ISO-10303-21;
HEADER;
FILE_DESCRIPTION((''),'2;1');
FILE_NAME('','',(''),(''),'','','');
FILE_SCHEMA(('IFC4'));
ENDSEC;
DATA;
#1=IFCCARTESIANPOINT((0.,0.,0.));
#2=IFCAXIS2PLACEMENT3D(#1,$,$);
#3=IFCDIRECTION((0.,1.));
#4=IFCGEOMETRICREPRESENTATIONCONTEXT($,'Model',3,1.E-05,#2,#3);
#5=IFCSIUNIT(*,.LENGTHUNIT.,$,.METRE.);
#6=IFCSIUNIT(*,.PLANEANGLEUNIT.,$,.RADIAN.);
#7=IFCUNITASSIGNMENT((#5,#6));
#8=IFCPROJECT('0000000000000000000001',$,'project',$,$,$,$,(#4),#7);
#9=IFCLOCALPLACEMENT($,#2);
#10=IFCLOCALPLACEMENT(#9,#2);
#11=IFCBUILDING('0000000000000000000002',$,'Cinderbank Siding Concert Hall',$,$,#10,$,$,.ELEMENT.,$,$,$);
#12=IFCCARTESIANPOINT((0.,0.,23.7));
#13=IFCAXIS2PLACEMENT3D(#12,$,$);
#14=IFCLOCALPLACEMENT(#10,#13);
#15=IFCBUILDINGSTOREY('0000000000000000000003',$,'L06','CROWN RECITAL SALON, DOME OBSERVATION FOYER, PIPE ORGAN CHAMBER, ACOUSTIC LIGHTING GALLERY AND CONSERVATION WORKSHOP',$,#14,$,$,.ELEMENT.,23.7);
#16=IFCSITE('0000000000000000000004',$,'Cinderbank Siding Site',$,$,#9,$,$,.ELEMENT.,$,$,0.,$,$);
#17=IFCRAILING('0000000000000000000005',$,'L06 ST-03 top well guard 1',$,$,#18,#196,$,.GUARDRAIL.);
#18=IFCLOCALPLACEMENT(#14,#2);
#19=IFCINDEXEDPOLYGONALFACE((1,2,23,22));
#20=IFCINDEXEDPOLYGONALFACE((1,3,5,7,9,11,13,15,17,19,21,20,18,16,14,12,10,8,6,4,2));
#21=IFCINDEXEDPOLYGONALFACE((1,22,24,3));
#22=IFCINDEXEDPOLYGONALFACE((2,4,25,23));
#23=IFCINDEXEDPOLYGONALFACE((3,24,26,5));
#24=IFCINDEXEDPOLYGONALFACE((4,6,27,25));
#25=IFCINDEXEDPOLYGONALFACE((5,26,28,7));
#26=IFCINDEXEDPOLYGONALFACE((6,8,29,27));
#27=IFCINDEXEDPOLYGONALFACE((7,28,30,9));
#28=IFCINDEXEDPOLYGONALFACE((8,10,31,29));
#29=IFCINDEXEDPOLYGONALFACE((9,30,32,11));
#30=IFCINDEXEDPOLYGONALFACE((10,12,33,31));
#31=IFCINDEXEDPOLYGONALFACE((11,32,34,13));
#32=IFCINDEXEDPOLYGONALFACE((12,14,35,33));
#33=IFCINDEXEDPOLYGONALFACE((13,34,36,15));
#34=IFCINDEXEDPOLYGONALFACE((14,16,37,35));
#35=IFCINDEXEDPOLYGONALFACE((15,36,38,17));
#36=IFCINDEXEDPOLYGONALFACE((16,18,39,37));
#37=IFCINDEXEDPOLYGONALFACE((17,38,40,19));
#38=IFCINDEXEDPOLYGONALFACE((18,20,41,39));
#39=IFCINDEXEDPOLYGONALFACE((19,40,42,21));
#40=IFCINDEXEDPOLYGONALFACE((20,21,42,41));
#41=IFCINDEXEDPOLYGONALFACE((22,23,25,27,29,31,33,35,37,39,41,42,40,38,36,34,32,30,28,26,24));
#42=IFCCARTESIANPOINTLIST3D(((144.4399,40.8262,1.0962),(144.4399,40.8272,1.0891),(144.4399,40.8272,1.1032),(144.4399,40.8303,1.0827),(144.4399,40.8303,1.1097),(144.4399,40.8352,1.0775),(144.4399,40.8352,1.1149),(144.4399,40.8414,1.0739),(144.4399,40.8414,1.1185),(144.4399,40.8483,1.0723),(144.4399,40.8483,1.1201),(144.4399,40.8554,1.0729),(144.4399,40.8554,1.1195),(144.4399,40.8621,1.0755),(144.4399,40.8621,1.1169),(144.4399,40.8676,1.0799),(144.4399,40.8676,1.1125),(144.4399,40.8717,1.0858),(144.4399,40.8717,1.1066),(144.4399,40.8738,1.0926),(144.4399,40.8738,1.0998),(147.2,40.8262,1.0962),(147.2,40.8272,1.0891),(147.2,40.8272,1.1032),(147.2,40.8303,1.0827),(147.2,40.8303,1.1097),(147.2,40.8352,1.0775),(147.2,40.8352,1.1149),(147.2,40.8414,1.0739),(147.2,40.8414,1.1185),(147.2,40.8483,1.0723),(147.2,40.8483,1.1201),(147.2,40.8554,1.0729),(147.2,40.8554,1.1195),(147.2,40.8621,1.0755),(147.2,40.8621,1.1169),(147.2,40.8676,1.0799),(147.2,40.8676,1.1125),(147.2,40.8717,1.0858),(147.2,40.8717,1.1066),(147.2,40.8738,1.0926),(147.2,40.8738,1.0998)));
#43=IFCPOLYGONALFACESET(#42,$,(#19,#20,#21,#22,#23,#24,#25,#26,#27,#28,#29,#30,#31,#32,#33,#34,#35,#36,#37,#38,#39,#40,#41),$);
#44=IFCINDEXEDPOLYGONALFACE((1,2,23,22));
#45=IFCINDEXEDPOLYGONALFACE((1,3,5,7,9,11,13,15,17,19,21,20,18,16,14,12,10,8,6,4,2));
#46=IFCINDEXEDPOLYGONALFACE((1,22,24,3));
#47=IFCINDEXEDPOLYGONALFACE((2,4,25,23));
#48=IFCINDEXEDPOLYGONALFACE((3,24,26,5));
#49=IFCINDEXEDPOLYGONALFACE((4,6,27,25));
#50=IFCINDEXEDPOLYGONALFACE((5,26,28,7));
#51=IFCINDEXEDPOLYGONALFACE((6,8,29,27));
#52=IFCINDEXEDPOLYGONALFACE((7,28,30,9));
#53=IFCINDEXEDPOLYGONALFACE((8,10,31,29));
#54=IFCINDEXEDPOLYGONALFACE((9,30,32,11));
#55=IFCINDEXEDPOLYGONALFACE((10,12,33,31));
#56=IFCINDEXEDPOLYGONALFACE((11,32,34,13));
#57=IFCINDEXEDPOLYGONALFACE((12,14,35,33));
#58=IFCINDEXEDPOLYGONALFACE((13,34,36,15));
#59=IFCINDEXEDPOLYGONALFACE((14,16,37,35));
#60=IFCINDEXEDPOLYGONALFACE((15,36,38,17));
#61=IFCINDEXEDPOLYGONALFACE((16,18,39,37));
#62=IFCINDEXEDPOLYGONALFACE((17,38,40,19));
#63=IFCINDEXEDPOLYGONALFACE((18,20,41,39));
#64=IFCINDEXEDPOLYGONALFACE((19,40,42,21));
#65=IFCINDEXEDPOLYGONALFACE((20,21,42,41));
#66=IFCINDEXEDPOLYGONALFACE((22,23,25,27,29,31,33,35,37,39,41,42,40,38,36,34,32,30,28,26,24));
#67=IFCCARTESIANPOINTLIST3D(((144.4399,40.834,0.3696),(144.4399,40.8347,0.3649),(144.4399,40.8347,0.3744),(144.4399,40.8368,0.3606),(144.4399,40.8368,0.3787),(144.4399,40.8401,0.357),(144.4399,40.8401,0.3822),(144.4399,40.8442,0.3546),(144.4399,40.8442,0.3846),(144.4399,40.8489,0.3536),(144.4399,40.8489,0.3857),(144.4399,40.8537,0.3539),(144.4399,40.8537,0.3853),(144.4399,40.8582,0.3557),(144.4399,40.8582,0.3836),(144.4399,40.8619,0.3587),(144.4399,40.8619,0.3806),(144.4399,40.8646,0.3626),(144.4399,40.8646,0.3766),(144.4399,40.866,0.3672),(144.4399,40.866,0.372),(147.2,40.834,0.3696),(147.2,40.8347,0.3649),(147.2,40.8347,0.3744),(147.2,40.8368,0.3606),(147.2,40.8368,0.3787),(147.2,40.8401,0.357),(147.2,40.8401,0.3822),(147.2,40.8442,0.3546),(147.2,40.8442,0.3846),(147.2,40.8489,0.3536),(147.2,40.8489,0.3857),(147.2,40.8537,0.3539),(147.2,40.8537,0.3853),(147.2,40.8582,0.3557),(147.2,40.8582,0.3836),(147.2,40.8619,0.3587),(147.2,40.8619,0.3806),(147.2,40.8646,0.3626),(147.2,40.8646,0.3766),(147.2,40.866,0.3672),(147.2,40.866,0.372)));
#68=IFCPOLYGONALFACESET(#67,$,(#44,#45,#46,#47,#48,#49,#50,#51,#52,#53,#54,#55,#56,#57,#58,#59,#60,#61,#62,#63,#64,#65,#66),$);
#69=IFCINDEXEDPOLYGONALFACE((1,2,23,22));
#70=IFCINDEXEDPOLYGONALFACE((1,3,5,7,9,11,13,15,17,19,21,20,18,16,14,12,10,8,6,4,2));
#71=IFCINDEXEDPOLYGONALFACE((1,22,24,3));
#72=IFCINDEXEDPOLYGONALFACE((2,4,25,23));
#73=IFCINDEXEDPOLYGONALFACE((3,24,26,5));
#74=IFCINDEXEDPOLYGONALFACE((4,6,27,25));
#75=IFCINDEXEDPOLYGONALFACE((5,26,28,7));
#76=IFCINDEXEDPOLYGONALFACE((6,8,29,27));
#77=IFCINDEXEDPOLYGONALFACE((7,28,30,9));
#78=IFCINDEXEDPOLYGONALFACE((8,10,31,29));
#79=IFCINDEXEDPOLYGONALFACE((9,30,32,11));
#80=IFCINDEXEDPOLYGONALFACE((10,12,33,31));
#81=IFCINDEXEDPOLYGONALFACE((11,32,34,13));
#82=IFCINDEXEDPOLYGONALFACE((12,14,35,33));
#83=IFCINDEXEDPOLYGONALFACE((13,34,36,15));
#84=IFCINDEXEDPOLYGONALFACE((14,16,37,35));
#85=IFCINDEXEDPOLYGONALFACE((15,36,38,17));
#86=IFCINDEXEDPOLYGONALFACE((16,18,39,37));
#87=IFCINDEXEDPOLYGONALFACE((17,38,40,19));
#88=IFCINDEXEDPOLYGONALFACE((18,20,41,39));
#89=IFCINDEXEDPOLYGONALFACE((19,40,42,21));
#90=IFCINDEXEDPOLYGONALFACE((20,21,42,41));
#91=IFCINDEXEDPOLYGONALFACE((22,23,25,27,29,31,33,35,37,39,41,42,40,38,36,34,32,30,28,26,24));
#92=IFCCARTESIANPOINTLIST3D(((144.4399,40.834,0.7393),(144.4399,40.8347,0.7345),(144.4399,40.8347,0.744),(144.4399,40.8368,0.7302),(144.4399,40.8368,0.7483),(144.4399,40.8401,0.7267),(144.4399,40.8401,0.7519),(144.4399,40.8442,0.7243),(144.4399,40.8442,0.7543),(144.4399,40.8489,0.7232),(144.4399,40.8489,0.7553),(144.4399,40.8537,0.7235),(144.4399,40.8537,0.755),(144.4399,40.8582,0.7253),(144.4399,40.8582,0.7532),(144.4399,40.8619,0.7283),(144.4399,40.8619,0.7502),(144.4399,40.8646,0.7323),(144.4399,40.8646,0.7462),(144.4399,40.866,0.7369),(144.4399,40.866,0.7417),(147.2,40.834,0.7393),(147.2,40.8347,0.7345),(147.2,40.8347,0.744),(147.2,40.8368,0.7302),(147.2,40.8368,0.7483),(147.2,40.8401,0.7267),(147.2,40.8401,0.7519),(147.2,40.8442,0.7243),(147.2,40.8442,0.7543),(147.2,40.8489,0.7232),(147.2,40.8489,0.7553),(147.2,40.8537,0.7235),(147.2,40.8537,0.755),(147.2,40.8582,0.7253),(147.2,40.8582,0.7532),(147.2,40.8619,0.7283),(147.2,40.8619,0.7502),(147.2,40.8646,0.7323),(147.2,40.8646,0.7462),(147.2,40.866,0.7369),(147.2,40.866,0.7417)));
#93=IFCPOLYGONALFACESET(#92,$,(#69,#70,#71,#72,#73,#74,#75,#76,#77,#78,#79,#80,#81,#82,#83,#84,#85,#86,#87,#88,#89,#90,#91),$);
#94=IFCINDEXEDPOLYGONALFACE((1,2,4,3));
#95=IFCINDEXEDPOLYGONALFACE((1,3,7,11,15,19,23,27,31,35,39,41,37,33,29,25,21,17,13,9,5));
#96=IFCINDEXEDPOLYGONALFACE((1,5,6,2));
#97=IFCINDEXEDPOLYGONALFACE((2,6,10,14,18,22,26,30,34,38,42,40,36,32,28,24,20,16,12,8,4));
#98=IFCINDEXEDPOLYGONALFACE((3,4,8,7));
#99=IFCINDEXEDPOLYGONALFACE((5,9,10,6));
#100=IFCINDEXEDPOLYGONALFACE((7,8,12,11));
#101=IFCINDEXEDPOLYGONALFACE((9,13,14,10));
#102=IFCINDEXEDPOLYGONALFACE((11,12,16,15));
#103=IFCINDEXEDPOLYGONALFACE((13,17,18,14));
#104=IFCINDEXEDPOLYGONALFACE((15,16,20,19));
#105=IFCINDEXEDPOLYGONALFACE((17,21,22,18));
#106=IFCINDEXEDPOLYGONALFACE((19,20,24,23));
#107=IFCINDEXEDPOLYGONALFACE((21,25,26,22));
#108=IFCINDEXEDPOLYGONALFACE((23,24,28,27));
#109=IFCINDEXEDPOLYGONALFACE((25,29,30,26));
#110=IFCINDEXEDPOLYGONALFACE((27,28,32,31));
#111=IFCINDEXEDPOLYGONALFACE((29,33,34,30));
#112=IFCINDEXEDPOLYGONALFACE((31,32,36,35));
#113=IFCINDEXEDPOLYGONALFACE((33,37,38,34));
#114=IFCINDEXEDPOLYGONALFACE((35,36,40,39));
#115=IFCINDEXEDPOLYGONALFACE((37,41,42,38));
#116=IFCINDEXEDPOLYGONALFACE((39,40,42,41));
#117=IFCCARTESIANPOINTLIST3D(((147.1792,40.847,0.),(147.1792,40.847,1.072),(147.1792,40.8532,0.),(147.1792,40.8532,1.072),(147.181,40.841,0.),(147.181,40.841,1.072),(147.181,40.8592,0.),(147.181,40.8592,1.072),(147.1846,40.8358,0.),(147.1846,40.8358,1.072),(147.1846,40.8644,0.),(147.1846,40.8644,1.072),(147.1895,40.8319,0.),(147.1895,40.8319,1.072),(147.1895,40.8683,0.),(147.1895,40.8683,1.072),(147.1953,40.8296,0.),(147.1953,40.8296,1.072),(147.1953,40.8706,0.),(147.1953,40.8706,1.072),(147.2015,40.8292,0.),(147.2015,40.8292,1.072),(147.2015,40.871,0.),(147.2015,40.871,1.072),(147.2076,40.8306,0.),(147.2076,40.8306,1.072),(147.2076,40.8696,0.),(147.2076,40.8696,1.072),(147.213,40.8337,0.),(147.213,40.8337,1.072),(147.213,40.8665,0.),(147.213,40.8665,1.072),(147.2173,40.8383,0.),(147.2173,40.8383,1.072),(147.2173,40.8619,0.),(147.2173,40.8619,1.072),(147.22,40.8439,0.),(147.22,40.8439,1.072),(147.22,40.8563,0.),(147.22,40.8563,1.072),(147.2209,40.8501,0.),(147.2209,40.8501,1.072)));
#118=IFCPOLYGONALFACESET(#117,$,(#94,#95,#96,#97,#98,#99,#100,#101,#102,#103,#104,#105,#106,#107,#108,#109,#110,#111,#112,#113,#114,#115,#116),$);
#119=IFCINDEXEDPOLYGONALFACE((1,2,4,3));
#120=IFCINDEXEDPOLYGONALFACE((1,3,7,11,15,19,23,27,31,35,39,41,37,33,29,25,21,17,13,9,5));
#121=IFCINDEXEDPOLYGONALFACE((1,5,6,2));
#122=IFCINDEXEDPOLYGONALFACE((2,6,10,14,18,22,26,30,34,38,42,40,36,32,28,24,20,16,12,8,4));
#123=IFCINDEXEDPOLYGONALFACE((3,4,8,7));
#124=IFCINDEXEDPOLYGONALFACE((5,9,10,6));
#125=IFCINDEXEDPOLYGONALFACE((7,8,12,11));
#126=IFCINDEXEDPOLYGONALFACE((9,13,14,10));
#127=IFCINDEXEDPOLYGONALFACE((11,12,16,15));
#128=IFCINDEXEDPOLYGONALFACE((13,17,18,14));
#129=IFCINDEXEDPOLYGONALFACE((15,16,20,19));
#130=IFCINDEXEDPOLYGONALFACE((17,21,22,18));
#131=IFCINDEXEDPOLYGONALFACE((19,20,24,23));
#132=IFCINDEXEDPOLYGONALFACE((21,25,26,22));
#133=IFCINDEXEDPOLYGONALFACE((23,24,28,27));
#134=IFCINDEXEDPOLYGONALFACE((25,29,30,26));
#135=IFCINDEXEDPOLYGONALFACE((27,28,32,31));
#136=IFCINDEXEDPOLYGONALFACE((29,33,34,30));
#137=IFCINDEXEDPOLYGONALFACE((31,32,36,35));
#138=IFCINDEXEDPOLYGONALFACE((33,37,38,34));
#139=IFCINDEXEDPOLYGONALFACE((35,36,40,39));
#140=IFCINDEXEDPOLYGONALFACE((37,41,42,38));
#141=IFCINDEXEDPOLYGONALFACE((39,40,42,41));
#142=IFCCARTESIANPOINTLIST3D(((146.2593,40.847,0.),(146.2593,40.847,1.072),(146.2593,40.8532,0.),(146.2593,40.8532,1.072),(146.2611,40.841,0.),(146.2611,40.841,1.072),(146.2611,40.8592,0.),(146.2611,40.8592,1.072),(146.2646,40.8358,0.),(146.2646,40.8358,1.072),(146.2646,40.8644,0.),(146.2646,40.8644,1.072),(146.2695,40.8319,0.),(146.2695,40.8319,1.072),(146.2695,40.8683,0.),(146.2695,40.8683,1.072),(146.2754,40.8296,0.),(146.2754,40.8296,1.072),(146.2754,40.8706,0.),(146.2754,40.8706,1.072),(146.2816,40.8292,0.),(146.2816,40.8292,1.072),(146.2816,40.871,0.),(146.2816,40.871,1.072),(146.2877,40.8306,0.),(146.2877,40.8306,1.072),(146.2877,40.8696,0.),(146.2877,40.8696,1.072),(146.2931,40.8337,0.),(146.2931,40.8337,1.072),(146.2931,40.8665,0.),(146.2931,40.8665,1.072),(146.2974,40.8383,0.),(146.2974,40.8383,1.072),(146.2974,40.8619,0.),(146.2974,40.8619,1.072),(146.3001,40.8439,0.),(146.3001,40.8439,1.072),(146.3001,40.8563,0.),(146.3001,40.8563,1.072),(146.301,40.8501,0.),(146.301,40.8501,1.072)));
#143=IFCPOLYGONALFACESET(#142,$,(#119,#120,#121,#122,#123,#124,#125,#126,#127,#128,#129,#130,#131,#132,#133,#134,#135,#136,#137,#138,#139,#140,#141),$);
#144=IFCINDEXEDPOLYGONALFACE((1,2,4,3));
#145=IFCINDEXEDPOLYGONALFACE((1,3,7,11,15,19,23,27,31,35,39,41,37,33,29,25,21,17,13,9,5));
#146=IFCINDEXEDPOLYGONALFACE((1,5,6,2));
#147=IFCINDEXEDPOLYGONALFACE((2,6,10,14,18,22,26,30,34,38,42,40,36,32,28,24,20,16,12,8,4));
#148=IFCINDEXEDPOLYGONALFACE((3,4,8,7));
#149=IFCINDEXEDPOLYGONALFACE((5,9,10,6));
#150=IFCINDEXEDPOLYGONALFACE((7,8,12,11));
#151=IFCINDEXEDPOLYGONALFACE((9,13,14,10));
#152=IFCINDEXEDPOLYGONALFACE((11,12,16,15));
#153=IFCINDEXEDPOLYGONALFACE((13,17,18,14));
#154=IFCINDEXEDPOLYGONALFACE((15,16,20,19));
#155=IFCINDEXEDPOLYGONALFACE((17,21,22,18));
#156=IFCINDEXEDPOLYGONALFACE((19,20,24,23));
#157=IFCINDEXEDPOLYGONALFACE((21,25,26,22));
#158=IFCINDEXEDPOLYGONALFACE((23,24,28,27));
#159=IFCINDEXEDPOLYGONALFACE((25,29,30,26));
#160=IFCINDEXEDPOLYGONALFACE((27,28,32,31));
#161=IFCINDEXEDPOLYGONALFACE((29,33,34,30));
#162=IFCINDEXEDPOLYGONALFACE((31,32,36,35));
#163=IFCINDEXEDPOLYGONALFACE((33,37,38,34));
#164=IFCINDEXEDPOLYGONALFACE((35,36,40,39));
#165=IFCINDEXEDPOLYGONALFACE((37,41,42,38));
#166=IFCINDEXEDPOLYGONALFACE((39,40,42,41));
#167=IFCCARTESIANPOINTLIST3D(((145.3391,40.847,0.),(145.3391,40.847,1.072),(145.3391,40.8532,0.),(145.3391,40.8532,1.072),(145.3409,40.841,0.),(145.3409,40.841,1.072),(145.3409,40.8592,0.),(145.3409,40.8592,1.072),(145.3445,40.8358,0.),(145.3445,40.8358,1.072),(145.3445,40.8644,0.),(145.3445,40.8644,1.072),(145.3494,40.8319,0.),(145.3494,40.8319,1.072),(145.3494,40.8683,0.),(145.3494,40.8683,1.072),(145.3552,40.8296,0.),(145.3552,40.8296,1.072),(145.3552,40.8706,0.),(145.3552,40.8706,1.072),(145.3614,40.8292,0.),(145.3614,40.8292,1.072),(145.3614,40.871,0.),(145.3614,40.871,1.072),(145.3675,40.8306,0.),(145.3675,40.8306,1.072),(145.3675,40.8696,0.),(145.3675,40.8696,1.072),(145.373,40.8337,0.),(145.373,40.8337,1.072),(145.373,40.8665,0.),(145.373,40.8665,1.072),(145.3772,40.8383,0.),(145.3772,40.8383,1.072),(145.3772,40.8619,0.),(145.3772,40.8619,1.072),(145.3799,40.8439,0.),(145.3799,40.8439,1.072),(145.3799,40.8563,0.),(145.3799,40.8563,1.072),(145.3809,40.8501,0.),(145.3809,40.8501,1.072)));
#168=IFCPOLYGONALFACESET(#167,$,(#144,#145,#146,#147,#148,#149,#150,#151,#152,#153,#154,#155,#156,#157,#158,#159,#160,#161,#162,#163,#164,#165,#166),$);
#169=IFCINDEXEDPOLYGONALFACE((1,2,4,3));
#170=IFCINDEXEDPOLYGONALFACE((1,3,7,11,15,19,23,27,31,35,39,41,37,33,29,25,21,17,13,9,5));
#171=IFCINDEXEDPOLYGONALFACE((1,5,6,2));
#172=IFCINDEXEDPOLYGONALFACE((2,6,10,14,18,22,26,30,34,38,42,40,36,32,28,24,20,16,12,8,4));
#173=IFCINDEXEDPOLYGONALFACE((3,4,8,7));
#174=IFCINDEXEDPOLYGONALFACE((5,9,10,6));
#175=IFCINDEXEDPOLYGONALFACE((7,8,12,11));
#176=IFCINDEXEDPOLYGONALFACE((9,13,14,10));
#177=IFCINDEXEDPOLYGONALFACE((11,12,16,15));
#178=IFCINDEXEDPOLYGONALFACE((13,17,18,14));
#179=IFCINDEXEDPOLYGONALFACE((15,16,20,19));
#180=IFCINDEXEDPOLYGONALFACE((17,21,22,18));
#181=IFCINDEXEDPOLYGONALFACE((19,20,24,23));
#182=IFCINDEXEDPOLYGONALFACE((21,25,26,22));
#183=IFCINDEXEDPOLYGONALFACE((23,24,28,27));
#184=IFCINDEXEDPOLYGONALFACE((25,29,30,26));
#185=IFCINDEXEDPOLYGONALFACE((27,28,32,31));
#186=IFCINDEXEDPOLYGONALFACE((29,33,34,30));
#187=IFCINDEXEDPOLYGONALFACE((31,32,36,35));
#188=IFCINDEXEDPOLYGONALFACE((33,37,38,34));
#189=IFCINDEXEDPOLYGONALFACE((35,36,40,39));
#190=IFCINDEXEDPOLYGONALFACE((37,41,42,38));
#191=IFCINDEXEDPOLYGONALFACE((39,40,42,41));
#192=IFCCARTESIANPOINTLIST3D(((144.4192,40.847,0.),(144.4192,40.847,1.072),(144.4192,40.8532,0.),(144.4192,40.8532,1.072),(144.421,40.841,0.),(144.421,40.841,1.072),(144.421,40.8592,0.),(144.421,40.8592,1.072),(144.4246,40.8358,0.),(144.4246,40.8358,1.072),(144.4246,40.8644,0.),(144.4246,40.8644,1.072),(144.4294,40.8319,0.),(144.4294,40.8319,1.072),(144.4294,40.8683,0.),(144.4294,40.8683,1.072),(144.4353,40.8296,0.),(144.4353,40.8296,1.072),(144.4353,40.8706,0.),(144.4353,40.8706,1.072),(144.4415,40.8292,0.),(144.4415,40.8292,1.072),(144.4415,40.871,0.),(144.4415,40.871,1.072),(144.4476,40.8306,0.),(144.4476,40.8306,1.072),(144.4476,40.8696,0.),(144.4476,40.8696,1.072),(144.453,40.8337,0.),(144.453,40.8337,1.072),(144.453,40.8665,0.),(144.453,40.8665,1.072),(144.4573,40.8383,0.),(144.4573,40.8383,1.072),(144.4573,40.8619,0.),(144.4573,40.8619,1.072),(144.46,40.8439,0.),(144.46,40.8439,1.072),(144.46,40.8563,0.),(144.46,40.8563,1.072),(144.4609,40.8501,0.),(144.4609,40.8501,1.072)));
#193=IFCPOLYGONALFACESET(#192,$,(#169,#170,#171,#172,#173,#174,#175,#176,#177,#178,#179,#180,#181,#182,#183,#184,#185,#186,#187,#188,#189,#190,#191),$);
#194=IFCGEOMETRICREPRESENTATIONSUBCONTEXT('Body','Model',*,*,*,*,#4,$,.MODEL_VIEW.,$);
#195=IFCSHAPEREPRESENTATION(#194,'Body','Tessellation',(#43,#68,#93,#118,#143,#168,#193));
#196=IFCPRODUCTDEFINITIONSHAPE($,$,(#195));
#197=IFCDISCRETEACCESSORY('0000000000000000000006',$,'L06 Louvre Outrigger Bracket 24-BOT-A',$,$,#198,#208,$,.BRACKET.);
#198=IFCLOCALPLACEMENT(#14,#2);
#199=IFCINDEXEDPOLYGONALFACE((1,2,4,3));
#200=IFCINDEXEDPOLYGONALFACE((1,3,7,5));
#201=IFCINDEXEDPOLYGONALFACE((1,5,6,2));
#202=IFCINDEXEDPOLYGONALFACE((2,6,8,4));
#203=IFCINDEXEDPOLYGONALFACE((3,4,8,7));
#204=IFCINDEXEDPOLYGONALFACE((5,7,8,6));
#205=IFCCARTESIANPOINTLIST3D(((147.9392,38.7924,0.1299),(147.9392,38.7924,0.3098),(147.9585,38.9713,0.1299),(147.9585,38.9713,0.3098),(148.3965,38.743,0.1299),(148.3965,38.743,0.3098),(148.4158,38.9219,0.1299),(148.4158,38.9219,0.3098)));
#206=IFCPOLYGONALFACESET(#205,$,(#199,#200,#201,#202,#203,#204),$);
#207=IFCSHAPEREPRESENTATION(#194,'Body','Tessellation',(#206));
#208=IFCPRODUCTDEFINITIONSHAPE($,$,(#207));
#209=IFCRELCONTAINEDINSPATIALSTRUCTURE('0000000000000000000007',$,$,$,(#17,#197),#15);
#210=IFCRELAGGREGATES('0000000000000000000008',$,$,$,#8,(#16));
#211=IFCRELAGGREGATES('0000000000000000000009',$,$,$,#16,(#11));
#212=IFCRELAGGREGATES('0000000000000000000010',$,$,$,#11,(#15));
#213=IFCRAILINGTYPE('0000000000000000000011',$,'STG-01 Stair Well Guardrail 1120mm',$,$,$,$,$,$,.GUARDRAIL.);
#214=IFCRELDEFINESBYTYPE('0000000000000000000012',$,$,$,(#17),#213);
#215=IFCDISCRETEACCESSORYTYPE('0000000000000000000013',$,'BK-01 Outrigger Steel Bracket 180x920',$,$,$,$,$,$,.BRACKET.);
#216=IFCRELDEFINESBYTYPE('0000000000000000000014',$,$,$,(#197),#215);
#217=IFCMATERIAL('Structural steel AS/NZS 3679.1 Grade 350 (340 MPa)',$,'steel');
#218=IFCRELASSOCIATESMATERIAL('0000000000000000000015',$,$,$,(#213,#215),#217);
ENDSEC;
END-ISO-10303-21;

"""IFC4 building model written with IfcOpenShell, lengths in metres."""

from ifc_helpers import new_model, si_unit, direction, frame, origin, origin_2d, place, context, subcontext, project, spatial, rectangle, circle, extrude, material, type_object, element, save


model = new_model("IFC4")

# Units and contexts
model_context = context("Model", 3, precision=1e-05, world=origin(), true_north=direction((0.0, 1.0)))
body_context = subcontext(model_context, "Body", "Model", "MODEL_VIEW")
ifc_project = project(units=[si_unit("LENGTHUNIT", "METRE"), si_unit("PLANEANGLEUNIT", "RADIAN")], contexts=[model_context])

# Site, building, storey
site_placement = place(None, origin())
site = spatial("IfcSite", under=ifc_project, at=site_placement, Name="Cinderbank Siding Site", CompositionType="ELEMENT", RefElevation=0.0)
building_placement = place(site_placement, origin())
building = spatial("IfcBuilding", under=site, at=building_placement, Name="Cinderbank Siding Concert Hall", CompositionType="ELEMENT")
storey_placement = place(building_placement, frame((0.0, 0.0, 23.7)))
storey = spatial("IfcBuildingStorey", under=building, at=storey_placement, Name="L06", Description="CROWN RECITAL SALON, DOME OBSERVATION FOYER, PIPE ORGAN CHAMBER, ACOUSTIC LIGHTING GALLERY AND CONSERVATION WORKSHOP", CompositionType="ELEMENT", Elevation=23.7)

# Railing
ifc_material_1 = material(Name="Structural steel AS/NZS 3679.1 Grade 350 (340 MPa)", Category="steel")
railing_type = type_object("IfcRailingType", Name="STG-01 Stair Well Guardrail 1120mm", PredefinedType="GUARDRAIL", material=ifc_material_1)
railing_placement = place(storey_placement, frame((147.2, 40.8501, 0.0)))
element("IfcRailing", 1, at=railing_placement, inside=storey, type_object=railing_type, Name="L06 ST-03 top well guard 1", PredefinedType="GUARDRAIL", context=body_context, shape_type="SweptSolid", body=[
    extrude(circle(Radius=0.0239, at=origin_2d()), frame((0.0, 0.0, 1.0962), z_axis=(-1.0, 0.0, 0.0), x_axis=(0.0, -1.0, 0.0)), (0.0, 0.0, 1.0), 2.76),
    extrude(circle(Radius=0.0161, at=origin_2d()), frame((0.0, 0.0, 0.3696), z_axis=(-1.0, 0.0, 0.0), x_axis=(0.0, -1.0, 0.0)), (0.0, 0.0, 1.0), 2.76),
    extrude(circle(Radius=0.0161, at=origin_2d()), frame((0.0, 0.0, 0.7393), z_axis=(-1.0, 0.0, 0.0), x_axis=(0.0, -1.0, 0.0)), (0.0, 0.0, 1.0), 2.76),
    extrude(circle(Radius=0.021, at=origin_2d()), origin(), (0.0, 0.0, 1.0), 1.072),
    extrude(circle(Radius=0.021, at=origin_2d()), frame((-0.9199, 0.0, 0.0)), (0.0, 0.0, 1.0), 1.072),
    extrude(circle(Radius=0.021, at=origin_2d()), frame((-1.8401, 0.0, 0.0)), (0.0, 0.0, 1.0), 1.072),
    extrude(circle(Radius=0.021, at=origin_2d()), frame((-2.76, 0.0, 0.0)), (0.0, 0.0, 1.0), 1.072),
])

# Discrete accessory
discrete_accessory_type = type_object("IfcDiscreteAccessoryType", Name="BK-01 Outrigger Steel Bracket 180x920", PredefinedType="BRACKET", material=ifc_material_1)
for number, where, z_axis, x_axis, name in (
    (2, (148.1775, 38.8572, 0.1299), (0.0, 0.0, 1.0), (0.994211, -0.107447, 0.0), "L06 Louvre Outrigger Bracket 24-BOT-A"),
):
    element("IfcDiscreteAccessory", number, at=place(storey_placement, frame(where, z_axis=z_axis, x_axis=x_axis)), inside=storey, type_object=discrete_accessory_type, Name=name, PredefinedType="BRACKET", context=body_context, shape_type="SweptSolid", body=[
        extrude(rectangle(XDim=0.46, YDim=0.1799, at=origin_2d()), origin(), (0.0, 0.0, 1.0), 0.1799),
    ])

save(model, "model.ifc")
